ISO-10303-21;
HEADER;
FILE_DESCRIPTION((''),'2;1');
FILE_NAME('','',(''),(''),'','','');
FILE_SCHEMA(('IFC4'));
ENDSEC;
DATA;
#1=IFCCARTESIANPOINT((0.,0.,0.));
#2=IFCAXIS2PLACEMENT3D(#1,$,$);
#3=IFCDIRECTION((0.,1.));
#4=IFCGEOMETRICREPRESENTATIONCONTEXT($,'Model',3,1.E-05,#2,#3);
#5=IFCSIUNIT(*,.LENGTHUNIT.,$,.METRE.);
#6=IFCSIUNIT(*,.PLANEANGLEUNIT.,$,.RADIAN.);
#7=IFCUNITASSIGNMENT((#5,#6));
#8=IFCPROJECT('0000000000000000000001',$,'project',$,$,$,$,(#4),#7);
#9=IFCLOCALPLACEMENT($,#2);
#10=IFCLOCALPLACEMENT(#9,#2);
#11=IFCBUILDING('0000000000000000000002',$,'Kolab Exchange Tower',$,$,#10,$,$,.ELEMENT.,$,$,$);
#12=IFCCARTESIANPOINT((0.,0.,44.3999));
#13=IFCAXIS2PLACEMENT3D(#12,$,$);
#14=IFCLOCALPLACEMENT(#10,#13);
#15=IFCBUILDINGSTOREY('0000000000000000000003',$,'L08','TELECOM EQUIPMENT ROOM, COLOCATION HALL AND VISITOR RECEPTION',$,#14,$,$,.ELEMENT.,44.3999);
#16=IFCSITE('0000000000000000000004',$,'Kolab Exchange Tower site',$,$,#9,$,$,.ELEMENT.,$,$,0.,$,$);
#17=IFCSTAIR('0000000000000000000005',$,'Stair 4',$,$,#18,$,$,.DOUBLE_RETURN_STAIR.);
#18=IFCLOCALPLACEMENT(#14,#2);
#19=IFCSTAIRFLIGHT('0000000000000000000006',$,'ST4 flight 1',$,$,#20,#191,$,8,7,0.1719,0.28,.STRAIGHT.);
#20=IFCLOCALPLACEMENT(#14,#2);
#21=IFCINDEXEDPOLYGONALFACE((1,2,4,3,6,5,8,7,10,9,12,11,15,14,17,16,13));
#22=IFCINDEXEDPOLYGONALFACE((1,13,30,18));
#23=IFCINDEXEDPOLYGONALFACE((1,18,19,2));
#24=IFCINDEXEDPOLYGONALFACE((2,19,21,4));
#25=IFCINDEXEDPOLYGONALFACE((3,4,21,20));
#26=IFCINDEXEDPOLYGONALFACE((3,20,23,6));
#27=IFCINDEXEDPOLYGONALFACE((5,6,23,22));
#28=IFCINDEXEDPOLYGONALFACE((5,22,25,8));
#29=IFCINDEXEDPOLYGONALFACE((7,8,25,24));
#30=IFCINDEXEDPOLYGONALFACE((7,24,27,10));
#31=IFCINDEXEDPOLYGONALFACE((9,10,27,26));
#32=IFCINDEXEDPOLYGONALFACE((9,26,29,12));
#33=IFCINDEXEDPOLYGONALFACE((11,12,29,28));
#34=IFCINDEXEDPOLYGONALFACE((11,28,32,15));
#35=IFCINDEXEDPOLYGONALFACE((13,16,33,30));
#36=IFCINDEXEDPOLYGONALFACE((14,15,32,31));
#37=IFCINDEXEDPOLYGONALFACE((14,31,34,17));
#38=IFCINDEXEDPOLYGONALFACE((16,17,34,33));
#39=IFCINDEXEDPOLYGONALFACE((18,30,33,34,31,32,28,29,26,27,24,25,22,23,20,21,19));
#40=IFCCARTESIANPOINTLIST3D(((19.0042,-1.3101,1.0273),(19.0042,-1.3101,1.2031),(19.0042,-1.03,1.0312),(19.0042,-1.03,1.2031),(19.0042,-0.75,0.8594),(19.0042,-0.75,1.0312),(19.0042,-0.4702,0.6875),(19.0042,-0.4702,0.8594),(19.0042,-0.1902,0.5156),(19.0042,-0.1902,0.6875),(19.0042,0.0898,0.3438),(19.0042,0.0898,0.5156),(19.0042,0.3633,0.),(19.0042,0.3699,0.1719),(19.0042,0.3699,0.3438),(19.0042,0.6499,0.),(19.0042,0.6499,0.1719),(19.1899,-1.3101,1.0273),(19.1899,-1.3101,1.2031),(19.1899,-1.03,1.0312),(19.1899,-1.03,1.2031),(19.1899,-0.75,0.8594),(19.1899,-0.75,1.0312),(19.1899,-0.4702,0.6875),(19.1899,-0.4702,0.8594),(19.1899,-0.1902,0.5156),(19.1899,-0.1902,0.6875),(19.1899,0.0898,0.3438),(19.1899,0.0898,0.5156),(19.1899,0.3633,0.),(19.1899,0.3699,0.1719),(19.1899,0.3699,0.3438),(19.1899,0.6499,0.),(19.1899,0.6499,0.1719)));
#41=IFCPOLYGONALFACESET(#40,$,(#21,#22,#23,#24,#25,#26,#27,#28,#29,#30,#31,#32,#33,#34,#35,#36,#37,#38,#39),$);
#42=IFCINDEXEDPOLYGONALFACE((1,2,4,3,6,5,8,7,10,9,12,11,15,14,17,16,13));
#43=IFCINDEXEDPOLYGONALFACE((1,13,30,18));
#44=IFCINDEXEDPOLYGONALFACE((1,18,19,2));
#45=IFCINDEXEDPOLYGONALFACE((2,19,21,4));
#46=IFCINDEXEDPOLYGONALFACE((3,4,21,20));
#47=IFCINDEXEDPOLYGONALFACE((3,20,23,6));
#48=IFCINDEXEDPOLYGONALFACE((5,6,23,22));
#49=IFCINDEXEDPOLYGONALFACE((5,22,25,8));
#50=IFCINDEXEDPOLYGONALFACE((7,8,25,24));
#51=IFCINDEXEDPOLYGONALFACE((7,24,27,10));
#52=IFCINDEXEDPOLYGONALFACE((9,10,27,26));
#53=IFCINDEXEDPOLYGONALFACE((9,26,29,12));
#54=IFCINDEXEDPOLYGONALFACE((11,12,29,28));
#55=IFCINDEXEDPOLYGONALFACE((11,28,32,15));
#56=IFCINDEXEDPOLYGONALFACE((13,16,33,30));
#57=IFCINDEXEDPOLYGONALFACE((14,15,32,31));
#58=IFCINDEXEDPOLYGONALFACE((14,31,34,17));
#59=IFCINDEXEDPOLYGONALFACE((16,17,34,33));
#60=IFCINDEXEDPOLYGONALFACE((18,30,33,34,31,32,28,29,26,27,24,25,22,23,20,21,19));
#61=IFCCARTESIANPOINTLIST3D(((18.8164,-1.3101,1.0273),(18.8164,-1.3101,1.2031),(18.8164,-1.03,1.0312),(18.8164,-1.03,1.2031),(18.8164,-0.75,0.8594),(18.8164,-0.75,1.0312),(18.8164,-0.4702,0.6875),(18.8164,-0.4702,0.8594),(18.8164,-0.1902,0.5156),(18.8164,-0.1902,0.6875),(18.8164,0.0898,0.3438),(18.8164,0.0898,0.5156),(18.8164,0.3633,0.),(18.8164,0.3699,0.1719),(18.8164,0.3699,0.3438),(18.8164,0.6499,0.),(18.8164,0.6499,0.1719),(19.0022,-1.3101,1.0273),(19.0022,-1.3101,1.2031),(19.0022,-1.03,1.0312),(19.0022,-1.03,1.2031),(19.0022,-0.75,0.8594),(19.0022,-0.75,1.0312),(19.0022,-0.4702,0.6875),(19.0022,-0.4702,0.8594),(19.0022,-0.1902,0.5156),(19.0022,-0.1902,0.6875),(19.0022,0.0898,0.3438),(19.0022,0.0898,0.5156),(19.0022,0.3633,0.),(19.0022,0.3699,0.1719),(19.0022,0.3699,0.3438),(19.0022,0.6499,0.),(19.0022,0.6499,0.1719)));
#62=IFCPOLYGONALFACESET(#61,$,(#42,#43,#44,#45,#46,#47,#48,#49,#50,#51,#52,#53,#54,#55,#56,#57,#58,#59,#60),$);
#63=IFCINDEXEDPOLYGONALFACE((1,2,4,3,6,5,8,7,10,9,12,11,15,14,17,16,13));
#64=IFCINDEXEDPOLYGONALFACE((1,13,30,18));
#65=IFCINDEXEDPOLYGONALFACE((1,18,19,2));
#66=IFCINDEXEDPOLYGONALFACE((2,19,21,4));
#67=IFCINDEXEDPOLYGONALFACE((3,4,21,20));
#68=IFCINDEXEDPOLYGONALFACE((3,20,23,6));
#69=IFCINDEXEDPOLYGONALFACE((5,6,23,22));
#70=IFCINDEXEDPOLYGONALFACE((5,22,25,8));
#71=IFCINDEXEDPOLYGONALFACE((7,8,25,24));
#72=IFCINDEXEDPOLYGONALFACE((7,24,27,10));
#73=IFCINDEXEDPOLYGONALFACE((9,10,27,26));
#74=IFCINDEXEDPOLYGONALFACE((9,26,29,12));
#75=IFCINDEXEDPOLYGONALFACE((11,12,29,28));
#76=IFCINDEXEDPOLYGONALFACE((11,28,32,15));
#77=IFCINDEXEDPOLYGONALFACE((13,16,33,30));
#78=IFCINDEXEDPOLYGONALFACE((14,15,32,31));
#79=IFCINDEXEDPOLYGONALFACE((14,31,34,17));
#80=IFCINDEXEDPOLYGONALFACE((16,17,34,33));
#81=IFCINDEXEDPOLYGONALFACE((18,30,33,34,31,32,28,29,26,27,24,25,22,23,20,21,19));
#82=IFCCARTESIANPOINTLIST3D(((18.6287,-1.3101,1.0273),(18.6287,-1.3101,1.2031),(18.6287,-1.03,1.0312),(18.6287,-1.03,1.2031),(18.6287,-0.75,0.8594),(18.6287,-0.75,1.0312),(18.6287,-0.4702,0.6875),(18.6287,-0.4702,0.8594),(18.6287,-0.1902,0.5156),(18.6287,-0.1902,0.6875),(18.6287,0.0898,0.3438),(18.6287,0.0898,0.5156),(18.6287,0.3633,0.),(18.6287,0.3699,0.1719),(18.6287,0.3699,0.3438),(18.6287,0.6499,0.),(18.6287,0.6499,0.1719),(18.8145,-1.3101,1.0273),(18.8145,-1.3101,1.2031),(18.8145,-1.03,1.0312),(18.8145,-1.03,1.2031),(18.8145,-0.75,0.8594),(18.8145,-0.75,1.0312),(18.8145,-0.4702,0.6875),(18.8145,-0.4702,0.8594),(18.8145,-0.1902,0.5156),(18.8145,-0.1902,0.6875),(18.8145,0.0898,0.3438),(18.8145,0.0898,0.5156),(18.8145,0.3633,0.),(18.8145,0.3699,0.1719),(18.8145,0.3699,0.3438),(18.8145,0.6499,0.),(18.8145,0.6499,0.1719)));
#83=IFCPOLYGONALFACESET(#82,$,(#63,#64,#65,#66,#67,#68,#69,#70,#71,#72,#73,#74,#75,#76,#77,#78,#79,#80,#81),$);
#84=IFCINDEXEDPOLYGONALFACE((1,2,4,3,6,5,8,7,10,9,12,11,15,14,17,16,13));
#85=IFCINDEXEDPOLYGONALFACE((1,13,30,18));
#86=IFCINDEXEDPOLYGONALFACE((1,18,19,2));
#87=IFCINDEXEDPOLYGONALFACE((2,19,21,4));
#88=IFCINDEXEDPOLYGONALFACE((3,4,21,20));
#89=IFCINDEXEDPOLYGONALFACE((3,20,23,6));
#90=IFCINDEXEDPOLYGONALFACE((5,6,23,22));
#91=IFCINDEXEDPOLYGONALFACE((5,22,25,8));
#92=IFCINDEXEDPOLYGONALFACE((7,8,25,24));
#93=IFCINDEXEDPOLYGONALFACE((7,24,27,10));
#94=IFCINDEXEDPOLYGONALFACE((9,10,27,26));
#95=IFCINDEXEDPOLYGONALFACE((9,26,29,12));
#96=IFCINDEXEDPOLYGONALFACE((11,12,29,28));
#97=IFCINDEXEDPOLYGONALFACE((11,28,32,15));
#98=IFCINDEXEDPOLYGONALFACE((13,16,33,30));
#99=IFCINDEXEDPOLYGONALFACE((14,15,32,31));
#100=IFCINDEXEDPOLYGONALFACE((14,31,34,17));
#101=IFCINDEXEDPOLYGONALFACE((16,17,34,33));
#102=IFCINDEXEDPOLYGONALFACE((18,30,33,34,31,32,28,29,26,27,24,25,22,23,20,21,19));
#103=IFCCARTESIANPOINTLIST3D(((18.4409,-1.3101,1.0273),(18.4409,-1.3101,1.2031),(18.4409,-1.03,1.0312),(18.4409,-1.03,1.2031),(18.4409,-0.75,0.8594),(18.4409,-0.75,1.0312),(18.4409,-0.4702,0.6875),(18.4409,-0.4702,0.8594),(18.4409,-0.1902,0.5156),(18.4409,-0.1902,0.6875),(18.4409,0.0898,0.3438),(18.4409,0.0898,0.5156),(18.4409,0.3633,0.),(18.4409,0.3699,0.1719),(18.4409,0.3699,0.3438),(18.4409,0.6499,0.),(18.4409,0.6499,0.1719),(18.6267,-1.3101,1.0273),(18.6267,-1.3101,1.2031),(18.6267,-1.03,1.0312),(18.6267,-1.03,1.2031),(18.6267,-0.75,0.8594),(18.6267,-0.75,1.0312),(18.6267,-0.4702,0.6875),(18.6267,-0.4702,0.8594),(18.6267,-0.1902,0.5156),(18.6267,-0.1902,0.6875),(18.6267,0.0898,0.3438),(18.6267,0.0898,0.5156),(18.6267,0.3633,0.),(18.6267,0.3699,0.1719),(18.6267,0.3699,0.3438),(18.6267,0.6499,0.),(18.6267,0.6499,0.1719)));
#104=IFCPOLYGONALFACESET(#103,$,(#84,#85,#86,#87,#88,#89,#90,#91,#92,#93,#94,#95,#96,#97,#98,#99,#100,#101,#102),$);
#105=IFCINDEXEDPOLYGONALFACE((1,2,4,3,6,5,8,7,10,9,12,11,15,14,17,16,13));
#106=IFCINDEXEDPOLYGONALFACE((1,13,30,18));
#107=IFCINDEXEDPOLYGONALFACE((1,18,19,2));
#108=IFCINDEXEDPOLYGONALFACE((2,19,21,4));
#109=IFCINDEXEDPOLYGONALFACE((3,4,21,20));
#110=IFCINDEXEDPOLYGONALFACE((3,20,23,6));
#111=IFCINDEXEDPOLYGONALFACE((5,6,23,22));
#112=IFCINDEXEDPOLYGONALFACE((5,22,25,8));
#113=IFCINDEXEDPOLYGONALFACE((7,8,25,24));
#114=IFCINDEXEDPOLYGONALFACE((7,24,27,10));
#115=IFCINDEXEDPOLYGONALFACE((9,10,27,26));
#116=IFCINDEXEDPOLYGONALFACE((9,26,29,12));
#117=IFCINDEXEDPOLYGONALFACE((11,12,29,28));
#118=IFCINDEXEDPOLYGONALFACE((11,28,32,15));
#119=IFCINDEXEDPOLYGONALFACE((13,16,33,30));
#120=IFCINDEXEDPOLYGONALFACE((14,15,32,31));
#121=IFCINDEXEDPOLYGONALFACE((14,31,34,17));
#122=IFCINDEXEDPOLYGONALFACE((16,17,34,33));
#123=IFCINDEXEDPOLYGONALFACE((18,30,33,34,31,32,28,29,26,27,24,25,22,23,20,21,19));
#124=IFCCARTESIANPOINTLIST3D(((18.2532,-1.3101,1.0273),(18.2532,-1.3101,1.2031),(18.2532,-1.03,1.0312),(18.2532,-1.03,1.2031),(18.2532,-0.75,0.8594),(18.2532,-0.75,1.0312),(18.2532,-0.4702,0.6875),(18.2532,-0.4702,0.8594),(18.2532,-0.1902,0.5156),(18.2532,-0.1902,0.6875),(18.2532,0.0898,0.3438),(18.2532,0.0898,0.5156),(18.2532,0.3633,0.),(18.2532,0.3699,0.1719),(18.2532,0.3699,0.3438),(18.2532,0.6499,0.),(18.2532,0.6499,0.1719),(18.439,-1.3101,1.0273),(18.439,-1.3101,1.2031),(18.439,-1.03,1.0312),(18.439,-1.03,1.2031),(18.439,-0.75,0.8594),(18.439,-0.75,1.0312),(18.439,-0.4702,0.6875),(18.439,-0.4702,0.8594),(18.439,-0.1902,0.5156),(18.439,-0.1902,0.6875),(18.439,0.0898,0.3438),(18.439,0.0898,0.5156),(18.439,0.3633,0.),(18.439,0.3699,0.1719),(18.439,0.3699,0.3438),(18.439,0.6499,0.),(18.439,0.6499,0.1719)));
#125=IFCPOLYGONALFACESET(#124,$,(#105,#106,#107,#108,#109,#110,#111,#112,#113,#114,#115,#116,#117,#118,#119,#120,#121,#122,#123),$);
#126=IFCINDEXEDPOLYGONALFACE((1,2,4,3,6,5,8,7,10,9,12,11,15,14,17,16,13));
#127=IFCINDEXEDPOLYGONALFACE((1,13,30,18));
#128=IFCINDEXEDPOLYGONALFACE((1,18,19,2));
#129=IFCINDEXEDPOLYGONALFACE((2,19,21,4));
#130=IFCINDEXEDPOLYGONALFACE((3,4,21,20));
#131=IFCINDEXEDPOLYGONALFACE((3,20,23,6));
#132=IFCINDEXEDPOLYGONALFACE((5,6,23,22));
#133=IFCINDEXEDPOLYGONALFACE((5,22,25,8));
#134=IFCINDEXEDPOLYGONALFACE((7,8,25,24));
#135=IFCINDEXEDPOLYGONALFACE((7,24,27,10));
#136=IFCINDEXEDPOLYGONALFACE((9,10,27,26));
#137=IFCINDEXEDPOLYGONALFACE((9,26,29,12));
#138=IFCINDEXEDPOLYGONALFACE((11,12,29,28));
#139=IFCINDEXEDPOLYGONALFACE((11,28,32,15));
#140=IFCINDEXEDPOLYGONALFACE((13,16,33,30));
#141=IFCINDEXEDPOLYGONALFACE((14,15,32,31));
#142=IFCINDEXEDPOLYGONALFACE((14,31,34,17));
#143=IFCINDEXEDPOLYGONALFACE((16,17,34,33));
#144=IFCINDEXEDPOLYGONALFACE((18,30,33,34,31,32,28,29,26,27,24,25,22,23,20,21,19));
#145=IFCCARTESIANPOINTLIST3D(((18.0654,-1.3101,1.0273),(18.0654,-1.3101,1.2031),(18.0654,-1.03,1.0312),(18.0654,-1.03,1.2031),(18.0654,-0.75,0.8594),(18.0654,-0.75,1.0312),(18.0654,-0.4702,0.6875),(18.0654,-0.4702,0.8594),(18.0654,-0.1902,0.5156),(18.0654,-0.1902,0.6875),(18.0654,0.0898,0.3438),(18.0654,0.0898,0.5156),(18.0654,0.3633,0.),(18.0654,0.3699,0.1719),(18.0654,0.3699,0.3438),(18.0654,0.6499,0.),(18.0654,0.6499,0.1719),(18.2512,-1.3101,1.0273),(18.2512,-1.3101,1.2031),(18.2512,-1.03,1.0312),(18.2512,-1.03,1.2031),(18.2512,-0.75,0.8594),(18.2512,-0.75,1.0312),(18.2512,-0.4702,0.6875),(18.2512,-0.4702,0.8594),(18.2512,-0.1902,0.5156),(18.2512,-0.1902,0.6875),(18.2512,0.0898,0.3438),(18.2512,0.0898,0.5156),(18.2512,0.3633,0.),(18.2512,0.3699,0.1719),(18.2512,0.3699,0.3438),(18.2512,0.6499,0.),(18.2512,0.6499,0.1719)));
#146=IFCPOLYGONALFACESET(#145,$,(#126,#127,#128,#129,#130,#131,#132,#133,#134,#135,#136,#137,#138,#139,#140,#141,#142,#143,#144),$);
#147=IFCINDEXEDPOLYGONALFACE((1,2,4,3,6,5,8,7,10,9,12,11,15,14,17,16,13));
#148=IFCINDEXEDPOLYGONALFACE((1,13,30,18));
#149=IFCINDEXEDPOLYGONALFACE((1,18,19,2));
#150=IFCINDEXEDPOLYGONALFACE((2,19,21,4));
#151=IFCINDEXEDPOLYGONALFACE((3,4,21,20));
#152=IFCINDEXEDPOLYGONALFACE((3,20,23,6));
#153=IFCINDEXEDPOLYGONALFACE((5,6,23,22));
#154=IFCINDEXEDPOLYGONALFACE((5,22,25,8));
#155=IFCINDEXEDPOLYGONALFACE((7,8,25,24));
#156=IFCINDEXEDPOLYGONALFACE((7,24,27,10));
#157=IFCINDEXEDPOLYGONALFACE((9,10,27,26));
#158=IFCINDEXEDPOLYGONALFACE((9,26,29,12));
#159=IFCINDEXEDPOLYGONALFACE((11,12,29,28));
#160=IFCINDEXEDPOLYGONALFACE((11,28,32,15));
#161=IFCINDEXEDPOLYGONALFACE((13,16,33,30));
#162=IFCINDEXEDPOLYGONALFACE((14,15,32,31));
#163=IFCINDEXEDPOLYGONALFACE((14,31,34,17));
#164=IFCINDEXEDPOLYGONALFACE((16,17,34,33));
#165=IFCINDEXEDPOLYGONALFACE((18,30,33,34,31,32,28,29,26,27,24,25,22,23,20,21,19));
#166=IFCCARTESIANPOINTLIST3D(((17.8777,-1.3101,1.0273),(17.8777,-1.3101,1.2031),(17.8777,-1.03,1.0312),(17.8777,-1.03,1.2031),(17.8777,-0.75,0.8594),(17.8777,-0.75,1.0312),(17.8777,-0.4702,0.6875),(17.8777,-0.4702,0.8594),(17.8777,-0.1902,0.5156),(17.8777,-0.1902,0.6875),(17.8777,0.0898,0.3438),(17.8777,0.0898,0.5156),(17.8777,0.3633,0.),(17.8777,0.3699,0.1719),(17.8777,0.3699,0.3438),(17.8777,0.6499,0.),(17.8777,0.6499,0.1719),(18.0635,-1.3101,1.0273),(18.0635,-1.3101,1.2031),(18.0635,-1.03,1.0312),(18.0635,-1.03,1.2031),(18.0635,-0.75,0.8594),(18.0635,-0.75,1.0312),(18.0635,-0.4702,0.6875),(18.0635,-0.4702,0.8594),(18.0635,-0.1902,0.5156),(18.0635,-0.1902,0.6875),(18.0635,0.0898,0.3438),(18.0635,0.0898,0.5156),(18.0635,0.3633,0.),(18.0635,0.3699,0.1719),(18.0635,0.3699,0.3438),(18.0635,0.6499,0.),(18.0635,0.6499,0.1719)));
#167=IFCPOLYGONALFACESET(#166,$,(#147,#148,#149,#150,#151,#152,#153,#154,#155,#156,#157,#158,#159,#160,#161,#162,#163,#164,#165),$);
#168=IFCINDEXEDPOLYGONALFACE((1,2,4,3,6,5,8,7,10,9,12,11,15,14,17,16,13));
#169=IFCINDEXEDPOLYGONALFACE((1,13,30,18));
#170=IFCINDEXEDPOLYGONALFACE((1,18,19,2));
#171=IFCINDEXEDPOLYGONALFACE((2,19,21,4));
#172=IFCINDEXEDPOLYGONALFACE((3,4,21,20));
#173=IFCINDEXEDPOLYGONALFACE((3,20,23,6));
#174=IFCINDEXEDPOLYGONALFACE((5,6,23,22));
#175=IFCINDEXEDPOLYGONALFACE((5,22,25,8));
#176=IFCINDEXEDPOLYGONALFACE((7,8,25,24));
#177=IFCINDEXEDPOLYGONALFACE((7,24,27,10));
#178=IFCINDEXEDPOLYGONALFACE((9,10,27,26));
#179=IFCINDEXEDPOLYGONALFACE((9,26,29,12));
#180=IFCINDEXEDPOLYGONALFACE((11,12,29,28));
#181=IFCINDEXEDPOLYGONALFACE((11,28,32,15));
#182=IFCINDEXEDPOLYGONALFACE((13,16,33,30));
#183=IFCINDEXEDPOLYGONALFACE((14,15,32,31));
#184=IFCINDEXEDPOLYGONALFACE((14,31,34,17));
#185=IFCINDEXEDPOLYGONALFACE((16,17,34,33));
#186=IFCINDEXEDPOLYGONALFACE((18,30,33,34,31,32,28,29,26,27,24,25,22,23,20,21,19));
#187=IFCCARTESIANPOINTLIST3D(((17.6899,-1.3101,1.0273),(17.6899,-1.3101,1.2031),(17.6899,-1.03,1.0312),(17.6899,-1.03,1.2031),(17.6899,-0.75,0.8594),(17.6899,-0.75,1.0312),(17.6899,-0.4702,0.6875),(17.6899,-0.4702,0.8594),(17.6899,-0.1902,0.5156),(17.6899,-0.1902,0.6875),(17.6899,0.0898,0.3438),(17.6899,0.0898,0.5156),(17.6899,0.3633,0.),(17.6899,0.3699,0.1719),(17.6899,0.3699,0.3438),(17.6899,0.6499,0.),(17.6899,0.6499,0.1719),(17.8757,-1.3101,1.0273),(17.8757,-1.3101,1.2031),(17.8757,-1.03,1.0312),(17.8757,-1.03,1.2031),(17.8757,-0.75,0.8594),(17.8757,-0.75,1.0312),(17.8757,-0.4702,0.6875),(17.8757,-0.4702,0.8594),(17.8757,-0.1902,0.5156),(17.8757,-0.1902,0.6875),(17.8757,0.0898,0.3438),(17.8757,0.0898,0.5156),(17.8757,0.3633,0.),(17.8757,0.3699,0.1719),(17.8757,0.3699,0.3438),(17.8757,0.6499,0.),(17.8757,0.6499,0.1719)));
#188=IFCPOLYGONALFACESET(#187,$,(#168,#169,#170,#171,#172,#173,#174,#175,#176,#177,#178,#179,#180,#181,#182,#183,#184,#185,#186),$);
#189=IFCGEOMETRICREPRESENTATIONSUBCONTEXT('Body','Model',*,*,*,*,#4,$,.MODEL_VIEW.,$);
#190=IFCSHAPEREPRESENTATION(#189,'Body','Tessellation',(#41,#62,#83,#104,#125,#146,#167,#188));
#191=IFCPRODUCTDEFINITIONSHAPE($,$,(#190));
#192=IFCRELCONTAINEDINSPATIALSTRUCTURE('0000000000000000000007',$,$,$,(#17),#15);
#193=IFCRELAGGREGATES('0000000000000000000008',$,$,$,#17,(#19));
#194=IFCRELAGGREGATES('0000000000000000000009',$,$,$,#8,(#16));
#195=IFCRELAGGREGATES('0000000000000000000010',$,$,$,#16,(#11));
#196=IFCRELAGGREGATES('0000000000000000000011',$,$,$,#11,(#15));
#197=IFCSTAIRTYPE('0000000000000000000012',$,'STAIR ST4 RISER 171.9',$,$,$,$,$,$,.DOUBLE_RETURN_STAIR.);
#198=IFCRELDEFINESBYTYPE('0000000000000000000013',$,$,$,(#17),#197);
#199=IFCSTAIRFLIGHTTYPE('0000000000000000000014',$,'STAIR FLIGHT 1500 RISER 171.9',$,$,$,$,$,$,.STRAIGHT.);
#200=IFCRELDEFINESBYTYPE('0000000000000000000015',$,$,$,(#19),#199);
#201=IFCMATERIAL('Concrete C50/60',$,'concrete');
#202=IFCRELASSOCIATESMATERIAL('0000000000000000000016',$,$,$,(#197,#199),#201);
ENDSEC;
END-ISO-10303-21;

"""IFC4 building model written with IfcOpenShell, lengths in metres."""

from ifc_helpers import new_model, si_unit, direction, frame, origin, place, context, subcontext, project, spatial, polyline, outline, extrude, material, type_object, element, aggregate, save


model = new_model("IFC4")

# Units and contexts
model_context = context("Model", 3, precision=1e-05, world=origin(), true_north=direction((0.0, 1.0)))
body_context = subcontext(model_context, "Body", "Model", "MODEL_VIEW")
ifc_project = project(units=[si_unit("LENGTHUNIT", "METRE"), si_unit("PLANEANGLEUNIT", "RADIAN")], contexts=[model_context])

# Site, building, storey
site_placement = place(None, origin())
site = spatial("IfcSite", under=ifc_project, at=site_placement, Name="Kolab Exchange Tower site", CompositionType="ELEMENT", RefElevation=0.0)
building_placement = place(site_placement, origin())
building = spatial("IfcBuilding", under=site, at=building_placement, Name="Kolab Exchange Tower", CompositionType="ELEMENT")
storey_placement = place(building_placement, frame((0.0, 0.0, 44.3999)))
storey = spatial("IfcBuildingStorey", under=building, at=storey_placement, Name="L08", Description="TELECOM EQUIPMENT ROOM, COLOCATION HALL AND VISITOR RECEPTION", CompositionType="ELEMENT", Elevation=44.3999)

# Stair, stair flight
ifc_material_1 = material(Name="Concrete C50/60", Category="concrete")
stair_type = type_object("IfcStairType", Name="STAIR ST4 RISER 171.9", PredefinedType="DOUBLE_RETURN_STAIR", material=ifc_material_1)
stair_placement = place(storey_placement, origin())
stair = element("IfcStair", 1, at=stair_placement, inside=storey, type_object=stair_type, Name="Stair 4", PredefinedType="DOUBLE_RETURN_STAIR")
stair_flight_type = type_object("IfcStairFlightType", Name="STAIR FLIGHT 1500 RISER 171.9", PredefinedType="STRAIGHT", material=ifc_material_1)
stair_flight_1_placement = place(storey_placement, frame((18.4399, 0.6499, 0.0), z_axis=(0.0, 0.0, 1.0), x_axis=(0.0, -1.0, 0.0)))
stair_flight_1 = element("IfcStairFlight", 2, at=stair_flight_1_placement, type_object=stair_flight_type, Name="ST4 flight 1", NumberOfRisers=8, NumberOfTreads=7, PredefinedType="STRAIGHT", RiserHeight=0.1719, TreadLength=0.28, context=body_context, shape_type="SweptSolid", body=[
    extrude(outline(polyline([(0.0, 0.0), (0.0, 0.1719), (0.28, 0.1719), (0.28, 0.3438), (0.5601, 0.3438), (0.5601, 0.5156), (0.8401, 0.5156), (0.8401, 0.6875), (1.1201, 0.6875), (1.1201, 0.8594), (1.3999, 0.8594), (1.3999, 1.0312), (1.6799, 1.0312), (1.6799, 1.2031), (1.96, 1.2031), (1.96, 1.375), (1.96, 1.0273), (0.2866, 0.0), (0.0, 0.0)])), frame((0.0, 0.75, 0.0), z_axis=(0.0, -1.0, 0.0), x_axis=(1.0, 0.0, 0.0)), (0.0, 0.0, 1.0), 0.1858),
    extrude(outline(polyline([(0.0, 0.0), (0.0, 0.1719), (0.28, 0.1719), (0.28, 0.3438), (0.5601, 0.3438), (0.5601, 0.5156), (0.8401, 0.5156), (0.8401, 0.6875), (1.1201, 0.6875), (1.1201, 0.8594), (1.3999, 0.8594), (1.3999, 1.0312), (1.6799, 1.0312), (1.6799, 1.2031), (1.96, 1.2031), (1.96, 1.375), (1.96, 1.0273), (0.2866, 0.0), (0.0, 0.0)])), frame((0.0, 0.5623, 0.0), z_axis=(0.0, -1.0, 0.0), x_axis=(1.0, 0.0, 0.0)), (0.0, 0.0, 1.0), 0.1858),
    extrude(outline(polyline([(0.0, 0.0), (0.0, 0.1719), (0.28, 0.1719), (0.28, 0.3438), (0.5601, 0.3438), (0.5601, 0.5156), (0.8401, 0.5156), (0.8401, 0.6875), (1.1201, 0.6875), (1.1201, 0.8594), (1.3999, 0.8594), (1.3999, 1.0312), (1.6799, 1.0312), (1.6799, 1.2031), (1.96, 1.2031), (1.96, 1.375), (1.96, 1.0273), (0.2866, 0.0), (0.0, 0.0)])), frame((0.0, 0.3745, 0.0), z_axis=(0.0, -1.0, 0.0), x_axis=(1.0, 0.0, 0.0)), (0.0, 0.0, 1.0), 0.1858),
    extrude(outline(polyline([(0.0, 0.0), (0.0, 0.1719), (0.28, 0.1719), (0.28, 0.3438), (0.5601, 0.3438), (0.5601, 0.5156), (0.8401, 0.5156), (0.8401, 0.6875), (1.1201, 0.6875), (1.1201, 0.8594), (1.3999, 0.8594), (1.3999, 1.0312), (1.6799, 1.0312), (1.6799, 1.2031), (1.96, 1.2031), (1.96, 1.375), (1.96, 1.0273), (0.2866, 0.0), (0.0, 0.0)])), frame((0.0, 0.1868, 0.0), z_axis=(0.0, -1.0, 0.0), x_axis=(1.0, 0.0, 0.0)), (0.0, 0.0, 1.0), 0.1858),
    extrude(outline(polyline([(0.0, 0.0), (0.0, 0.1719), (0.28, 0.1719), (0.28, 0.3438), (0.5601, 0.3438), (0.5601, 0.5156), (0.8401, 0.5156), (0.8401, 0.6875), (1.1201, 0.6875), (1.1201, 0.8594), (1.3999, 0.8594), (1.3999, 1.0312), (1.6799, 1.0312), (1.6799, 1.2031), (1.96, 1.2031), (1.96, 1.375), (1.96, 1.0273), (0.2866, 0.0), (0.0, 0.0)])), frame((0.0, -0.001, 0.0), z_axis=(0.0, -1.0, 0.0), x_axis=(1.0, 0.0, 0.0)), (0.0, 0.0, 1.0), 0.1858),
    extrude(outline(polyline([(0.0, 0.0), (0.0, 0.1719), (0.28, 0.1719), (0.28, 0.3438), (0.5601, 0.3438), (0.5601, 0.5156), (0.8401, 0.5156), (0.8401, 0.6875), (1.1201, 0.6875), (1.1201, 0.8594), (1.3999, 0.8594), (1.3999, 1.0312), (1.6799, 1.0312), (1.6799, 1.2031), (1.96, 1.2031), (1.96, 1.375), (1.96, 1.0273), (0.2866, 0.0), (0.0, 0.0)])), frame((0.0, -0.1887, 0.0), z_axis=(0.0, -1.0, 0.0), x_axis=(1.0, 0.0, 0.0)), (0.0, 0.0, 1.0), 0.1858),
    extrude(outline(polyline([(0.0, 0.0), (0.0, 0.1719), (0.28, 0.1719), (0.28, 0.3438), (0.5601, 0.3438), (0.5601, 0.5156), (0.8401, 0.5156), (0.8401, 0.6875), (1.1201, 0.6875), (1.1201, 0.8594), (1.3999, 0.8594), (1.3999, 1.0312), (1.6799, 1.0312), (1.6799, 1.2031), (1.96, 1.2031), (1.96, 1.375), (1.96, 1.0273), (0.2866, 0.0), (0.0, 0.0)])), frame((0.0, -0.3765, 0.0), z_axis=(0.0, -1.0, 0.0), x_axis=(1.0, 0.0, 0.0)), (0.0, 0.0, 1.0), 0.1858),
    extrude(outline(polyline([(0.0, 0.0), (0.0, 0.1719), (0.28, 0.1719), (0.28, 0.3438), (0.5601, 0.3438), (0.5601, 0.5156), (0.8401, 0.5156), (0.8401, 0.6875), (1.1201, 0.6875), (1.1201, 0.8594), (1.3999, 0.8594), (1.3999, 1.0312), (1.6799, 1.0312), (1.6799, 1.2031), (1.96, 1.2031), (1.96, 1.375), (1.96, 1.0273), (0.2866, 0.0), (0.0, 0.0)])), frame((0.0, -0.5642, 0.0), z_axis=(0.0, -1.0, 0.0), x_axis=(1.0, 0.0, 0.0)), (0.0, 0.0, 1.0), 0.1858),
])
aggregate(stair, [stair_flight_1])

save(model, "model.ifc")
